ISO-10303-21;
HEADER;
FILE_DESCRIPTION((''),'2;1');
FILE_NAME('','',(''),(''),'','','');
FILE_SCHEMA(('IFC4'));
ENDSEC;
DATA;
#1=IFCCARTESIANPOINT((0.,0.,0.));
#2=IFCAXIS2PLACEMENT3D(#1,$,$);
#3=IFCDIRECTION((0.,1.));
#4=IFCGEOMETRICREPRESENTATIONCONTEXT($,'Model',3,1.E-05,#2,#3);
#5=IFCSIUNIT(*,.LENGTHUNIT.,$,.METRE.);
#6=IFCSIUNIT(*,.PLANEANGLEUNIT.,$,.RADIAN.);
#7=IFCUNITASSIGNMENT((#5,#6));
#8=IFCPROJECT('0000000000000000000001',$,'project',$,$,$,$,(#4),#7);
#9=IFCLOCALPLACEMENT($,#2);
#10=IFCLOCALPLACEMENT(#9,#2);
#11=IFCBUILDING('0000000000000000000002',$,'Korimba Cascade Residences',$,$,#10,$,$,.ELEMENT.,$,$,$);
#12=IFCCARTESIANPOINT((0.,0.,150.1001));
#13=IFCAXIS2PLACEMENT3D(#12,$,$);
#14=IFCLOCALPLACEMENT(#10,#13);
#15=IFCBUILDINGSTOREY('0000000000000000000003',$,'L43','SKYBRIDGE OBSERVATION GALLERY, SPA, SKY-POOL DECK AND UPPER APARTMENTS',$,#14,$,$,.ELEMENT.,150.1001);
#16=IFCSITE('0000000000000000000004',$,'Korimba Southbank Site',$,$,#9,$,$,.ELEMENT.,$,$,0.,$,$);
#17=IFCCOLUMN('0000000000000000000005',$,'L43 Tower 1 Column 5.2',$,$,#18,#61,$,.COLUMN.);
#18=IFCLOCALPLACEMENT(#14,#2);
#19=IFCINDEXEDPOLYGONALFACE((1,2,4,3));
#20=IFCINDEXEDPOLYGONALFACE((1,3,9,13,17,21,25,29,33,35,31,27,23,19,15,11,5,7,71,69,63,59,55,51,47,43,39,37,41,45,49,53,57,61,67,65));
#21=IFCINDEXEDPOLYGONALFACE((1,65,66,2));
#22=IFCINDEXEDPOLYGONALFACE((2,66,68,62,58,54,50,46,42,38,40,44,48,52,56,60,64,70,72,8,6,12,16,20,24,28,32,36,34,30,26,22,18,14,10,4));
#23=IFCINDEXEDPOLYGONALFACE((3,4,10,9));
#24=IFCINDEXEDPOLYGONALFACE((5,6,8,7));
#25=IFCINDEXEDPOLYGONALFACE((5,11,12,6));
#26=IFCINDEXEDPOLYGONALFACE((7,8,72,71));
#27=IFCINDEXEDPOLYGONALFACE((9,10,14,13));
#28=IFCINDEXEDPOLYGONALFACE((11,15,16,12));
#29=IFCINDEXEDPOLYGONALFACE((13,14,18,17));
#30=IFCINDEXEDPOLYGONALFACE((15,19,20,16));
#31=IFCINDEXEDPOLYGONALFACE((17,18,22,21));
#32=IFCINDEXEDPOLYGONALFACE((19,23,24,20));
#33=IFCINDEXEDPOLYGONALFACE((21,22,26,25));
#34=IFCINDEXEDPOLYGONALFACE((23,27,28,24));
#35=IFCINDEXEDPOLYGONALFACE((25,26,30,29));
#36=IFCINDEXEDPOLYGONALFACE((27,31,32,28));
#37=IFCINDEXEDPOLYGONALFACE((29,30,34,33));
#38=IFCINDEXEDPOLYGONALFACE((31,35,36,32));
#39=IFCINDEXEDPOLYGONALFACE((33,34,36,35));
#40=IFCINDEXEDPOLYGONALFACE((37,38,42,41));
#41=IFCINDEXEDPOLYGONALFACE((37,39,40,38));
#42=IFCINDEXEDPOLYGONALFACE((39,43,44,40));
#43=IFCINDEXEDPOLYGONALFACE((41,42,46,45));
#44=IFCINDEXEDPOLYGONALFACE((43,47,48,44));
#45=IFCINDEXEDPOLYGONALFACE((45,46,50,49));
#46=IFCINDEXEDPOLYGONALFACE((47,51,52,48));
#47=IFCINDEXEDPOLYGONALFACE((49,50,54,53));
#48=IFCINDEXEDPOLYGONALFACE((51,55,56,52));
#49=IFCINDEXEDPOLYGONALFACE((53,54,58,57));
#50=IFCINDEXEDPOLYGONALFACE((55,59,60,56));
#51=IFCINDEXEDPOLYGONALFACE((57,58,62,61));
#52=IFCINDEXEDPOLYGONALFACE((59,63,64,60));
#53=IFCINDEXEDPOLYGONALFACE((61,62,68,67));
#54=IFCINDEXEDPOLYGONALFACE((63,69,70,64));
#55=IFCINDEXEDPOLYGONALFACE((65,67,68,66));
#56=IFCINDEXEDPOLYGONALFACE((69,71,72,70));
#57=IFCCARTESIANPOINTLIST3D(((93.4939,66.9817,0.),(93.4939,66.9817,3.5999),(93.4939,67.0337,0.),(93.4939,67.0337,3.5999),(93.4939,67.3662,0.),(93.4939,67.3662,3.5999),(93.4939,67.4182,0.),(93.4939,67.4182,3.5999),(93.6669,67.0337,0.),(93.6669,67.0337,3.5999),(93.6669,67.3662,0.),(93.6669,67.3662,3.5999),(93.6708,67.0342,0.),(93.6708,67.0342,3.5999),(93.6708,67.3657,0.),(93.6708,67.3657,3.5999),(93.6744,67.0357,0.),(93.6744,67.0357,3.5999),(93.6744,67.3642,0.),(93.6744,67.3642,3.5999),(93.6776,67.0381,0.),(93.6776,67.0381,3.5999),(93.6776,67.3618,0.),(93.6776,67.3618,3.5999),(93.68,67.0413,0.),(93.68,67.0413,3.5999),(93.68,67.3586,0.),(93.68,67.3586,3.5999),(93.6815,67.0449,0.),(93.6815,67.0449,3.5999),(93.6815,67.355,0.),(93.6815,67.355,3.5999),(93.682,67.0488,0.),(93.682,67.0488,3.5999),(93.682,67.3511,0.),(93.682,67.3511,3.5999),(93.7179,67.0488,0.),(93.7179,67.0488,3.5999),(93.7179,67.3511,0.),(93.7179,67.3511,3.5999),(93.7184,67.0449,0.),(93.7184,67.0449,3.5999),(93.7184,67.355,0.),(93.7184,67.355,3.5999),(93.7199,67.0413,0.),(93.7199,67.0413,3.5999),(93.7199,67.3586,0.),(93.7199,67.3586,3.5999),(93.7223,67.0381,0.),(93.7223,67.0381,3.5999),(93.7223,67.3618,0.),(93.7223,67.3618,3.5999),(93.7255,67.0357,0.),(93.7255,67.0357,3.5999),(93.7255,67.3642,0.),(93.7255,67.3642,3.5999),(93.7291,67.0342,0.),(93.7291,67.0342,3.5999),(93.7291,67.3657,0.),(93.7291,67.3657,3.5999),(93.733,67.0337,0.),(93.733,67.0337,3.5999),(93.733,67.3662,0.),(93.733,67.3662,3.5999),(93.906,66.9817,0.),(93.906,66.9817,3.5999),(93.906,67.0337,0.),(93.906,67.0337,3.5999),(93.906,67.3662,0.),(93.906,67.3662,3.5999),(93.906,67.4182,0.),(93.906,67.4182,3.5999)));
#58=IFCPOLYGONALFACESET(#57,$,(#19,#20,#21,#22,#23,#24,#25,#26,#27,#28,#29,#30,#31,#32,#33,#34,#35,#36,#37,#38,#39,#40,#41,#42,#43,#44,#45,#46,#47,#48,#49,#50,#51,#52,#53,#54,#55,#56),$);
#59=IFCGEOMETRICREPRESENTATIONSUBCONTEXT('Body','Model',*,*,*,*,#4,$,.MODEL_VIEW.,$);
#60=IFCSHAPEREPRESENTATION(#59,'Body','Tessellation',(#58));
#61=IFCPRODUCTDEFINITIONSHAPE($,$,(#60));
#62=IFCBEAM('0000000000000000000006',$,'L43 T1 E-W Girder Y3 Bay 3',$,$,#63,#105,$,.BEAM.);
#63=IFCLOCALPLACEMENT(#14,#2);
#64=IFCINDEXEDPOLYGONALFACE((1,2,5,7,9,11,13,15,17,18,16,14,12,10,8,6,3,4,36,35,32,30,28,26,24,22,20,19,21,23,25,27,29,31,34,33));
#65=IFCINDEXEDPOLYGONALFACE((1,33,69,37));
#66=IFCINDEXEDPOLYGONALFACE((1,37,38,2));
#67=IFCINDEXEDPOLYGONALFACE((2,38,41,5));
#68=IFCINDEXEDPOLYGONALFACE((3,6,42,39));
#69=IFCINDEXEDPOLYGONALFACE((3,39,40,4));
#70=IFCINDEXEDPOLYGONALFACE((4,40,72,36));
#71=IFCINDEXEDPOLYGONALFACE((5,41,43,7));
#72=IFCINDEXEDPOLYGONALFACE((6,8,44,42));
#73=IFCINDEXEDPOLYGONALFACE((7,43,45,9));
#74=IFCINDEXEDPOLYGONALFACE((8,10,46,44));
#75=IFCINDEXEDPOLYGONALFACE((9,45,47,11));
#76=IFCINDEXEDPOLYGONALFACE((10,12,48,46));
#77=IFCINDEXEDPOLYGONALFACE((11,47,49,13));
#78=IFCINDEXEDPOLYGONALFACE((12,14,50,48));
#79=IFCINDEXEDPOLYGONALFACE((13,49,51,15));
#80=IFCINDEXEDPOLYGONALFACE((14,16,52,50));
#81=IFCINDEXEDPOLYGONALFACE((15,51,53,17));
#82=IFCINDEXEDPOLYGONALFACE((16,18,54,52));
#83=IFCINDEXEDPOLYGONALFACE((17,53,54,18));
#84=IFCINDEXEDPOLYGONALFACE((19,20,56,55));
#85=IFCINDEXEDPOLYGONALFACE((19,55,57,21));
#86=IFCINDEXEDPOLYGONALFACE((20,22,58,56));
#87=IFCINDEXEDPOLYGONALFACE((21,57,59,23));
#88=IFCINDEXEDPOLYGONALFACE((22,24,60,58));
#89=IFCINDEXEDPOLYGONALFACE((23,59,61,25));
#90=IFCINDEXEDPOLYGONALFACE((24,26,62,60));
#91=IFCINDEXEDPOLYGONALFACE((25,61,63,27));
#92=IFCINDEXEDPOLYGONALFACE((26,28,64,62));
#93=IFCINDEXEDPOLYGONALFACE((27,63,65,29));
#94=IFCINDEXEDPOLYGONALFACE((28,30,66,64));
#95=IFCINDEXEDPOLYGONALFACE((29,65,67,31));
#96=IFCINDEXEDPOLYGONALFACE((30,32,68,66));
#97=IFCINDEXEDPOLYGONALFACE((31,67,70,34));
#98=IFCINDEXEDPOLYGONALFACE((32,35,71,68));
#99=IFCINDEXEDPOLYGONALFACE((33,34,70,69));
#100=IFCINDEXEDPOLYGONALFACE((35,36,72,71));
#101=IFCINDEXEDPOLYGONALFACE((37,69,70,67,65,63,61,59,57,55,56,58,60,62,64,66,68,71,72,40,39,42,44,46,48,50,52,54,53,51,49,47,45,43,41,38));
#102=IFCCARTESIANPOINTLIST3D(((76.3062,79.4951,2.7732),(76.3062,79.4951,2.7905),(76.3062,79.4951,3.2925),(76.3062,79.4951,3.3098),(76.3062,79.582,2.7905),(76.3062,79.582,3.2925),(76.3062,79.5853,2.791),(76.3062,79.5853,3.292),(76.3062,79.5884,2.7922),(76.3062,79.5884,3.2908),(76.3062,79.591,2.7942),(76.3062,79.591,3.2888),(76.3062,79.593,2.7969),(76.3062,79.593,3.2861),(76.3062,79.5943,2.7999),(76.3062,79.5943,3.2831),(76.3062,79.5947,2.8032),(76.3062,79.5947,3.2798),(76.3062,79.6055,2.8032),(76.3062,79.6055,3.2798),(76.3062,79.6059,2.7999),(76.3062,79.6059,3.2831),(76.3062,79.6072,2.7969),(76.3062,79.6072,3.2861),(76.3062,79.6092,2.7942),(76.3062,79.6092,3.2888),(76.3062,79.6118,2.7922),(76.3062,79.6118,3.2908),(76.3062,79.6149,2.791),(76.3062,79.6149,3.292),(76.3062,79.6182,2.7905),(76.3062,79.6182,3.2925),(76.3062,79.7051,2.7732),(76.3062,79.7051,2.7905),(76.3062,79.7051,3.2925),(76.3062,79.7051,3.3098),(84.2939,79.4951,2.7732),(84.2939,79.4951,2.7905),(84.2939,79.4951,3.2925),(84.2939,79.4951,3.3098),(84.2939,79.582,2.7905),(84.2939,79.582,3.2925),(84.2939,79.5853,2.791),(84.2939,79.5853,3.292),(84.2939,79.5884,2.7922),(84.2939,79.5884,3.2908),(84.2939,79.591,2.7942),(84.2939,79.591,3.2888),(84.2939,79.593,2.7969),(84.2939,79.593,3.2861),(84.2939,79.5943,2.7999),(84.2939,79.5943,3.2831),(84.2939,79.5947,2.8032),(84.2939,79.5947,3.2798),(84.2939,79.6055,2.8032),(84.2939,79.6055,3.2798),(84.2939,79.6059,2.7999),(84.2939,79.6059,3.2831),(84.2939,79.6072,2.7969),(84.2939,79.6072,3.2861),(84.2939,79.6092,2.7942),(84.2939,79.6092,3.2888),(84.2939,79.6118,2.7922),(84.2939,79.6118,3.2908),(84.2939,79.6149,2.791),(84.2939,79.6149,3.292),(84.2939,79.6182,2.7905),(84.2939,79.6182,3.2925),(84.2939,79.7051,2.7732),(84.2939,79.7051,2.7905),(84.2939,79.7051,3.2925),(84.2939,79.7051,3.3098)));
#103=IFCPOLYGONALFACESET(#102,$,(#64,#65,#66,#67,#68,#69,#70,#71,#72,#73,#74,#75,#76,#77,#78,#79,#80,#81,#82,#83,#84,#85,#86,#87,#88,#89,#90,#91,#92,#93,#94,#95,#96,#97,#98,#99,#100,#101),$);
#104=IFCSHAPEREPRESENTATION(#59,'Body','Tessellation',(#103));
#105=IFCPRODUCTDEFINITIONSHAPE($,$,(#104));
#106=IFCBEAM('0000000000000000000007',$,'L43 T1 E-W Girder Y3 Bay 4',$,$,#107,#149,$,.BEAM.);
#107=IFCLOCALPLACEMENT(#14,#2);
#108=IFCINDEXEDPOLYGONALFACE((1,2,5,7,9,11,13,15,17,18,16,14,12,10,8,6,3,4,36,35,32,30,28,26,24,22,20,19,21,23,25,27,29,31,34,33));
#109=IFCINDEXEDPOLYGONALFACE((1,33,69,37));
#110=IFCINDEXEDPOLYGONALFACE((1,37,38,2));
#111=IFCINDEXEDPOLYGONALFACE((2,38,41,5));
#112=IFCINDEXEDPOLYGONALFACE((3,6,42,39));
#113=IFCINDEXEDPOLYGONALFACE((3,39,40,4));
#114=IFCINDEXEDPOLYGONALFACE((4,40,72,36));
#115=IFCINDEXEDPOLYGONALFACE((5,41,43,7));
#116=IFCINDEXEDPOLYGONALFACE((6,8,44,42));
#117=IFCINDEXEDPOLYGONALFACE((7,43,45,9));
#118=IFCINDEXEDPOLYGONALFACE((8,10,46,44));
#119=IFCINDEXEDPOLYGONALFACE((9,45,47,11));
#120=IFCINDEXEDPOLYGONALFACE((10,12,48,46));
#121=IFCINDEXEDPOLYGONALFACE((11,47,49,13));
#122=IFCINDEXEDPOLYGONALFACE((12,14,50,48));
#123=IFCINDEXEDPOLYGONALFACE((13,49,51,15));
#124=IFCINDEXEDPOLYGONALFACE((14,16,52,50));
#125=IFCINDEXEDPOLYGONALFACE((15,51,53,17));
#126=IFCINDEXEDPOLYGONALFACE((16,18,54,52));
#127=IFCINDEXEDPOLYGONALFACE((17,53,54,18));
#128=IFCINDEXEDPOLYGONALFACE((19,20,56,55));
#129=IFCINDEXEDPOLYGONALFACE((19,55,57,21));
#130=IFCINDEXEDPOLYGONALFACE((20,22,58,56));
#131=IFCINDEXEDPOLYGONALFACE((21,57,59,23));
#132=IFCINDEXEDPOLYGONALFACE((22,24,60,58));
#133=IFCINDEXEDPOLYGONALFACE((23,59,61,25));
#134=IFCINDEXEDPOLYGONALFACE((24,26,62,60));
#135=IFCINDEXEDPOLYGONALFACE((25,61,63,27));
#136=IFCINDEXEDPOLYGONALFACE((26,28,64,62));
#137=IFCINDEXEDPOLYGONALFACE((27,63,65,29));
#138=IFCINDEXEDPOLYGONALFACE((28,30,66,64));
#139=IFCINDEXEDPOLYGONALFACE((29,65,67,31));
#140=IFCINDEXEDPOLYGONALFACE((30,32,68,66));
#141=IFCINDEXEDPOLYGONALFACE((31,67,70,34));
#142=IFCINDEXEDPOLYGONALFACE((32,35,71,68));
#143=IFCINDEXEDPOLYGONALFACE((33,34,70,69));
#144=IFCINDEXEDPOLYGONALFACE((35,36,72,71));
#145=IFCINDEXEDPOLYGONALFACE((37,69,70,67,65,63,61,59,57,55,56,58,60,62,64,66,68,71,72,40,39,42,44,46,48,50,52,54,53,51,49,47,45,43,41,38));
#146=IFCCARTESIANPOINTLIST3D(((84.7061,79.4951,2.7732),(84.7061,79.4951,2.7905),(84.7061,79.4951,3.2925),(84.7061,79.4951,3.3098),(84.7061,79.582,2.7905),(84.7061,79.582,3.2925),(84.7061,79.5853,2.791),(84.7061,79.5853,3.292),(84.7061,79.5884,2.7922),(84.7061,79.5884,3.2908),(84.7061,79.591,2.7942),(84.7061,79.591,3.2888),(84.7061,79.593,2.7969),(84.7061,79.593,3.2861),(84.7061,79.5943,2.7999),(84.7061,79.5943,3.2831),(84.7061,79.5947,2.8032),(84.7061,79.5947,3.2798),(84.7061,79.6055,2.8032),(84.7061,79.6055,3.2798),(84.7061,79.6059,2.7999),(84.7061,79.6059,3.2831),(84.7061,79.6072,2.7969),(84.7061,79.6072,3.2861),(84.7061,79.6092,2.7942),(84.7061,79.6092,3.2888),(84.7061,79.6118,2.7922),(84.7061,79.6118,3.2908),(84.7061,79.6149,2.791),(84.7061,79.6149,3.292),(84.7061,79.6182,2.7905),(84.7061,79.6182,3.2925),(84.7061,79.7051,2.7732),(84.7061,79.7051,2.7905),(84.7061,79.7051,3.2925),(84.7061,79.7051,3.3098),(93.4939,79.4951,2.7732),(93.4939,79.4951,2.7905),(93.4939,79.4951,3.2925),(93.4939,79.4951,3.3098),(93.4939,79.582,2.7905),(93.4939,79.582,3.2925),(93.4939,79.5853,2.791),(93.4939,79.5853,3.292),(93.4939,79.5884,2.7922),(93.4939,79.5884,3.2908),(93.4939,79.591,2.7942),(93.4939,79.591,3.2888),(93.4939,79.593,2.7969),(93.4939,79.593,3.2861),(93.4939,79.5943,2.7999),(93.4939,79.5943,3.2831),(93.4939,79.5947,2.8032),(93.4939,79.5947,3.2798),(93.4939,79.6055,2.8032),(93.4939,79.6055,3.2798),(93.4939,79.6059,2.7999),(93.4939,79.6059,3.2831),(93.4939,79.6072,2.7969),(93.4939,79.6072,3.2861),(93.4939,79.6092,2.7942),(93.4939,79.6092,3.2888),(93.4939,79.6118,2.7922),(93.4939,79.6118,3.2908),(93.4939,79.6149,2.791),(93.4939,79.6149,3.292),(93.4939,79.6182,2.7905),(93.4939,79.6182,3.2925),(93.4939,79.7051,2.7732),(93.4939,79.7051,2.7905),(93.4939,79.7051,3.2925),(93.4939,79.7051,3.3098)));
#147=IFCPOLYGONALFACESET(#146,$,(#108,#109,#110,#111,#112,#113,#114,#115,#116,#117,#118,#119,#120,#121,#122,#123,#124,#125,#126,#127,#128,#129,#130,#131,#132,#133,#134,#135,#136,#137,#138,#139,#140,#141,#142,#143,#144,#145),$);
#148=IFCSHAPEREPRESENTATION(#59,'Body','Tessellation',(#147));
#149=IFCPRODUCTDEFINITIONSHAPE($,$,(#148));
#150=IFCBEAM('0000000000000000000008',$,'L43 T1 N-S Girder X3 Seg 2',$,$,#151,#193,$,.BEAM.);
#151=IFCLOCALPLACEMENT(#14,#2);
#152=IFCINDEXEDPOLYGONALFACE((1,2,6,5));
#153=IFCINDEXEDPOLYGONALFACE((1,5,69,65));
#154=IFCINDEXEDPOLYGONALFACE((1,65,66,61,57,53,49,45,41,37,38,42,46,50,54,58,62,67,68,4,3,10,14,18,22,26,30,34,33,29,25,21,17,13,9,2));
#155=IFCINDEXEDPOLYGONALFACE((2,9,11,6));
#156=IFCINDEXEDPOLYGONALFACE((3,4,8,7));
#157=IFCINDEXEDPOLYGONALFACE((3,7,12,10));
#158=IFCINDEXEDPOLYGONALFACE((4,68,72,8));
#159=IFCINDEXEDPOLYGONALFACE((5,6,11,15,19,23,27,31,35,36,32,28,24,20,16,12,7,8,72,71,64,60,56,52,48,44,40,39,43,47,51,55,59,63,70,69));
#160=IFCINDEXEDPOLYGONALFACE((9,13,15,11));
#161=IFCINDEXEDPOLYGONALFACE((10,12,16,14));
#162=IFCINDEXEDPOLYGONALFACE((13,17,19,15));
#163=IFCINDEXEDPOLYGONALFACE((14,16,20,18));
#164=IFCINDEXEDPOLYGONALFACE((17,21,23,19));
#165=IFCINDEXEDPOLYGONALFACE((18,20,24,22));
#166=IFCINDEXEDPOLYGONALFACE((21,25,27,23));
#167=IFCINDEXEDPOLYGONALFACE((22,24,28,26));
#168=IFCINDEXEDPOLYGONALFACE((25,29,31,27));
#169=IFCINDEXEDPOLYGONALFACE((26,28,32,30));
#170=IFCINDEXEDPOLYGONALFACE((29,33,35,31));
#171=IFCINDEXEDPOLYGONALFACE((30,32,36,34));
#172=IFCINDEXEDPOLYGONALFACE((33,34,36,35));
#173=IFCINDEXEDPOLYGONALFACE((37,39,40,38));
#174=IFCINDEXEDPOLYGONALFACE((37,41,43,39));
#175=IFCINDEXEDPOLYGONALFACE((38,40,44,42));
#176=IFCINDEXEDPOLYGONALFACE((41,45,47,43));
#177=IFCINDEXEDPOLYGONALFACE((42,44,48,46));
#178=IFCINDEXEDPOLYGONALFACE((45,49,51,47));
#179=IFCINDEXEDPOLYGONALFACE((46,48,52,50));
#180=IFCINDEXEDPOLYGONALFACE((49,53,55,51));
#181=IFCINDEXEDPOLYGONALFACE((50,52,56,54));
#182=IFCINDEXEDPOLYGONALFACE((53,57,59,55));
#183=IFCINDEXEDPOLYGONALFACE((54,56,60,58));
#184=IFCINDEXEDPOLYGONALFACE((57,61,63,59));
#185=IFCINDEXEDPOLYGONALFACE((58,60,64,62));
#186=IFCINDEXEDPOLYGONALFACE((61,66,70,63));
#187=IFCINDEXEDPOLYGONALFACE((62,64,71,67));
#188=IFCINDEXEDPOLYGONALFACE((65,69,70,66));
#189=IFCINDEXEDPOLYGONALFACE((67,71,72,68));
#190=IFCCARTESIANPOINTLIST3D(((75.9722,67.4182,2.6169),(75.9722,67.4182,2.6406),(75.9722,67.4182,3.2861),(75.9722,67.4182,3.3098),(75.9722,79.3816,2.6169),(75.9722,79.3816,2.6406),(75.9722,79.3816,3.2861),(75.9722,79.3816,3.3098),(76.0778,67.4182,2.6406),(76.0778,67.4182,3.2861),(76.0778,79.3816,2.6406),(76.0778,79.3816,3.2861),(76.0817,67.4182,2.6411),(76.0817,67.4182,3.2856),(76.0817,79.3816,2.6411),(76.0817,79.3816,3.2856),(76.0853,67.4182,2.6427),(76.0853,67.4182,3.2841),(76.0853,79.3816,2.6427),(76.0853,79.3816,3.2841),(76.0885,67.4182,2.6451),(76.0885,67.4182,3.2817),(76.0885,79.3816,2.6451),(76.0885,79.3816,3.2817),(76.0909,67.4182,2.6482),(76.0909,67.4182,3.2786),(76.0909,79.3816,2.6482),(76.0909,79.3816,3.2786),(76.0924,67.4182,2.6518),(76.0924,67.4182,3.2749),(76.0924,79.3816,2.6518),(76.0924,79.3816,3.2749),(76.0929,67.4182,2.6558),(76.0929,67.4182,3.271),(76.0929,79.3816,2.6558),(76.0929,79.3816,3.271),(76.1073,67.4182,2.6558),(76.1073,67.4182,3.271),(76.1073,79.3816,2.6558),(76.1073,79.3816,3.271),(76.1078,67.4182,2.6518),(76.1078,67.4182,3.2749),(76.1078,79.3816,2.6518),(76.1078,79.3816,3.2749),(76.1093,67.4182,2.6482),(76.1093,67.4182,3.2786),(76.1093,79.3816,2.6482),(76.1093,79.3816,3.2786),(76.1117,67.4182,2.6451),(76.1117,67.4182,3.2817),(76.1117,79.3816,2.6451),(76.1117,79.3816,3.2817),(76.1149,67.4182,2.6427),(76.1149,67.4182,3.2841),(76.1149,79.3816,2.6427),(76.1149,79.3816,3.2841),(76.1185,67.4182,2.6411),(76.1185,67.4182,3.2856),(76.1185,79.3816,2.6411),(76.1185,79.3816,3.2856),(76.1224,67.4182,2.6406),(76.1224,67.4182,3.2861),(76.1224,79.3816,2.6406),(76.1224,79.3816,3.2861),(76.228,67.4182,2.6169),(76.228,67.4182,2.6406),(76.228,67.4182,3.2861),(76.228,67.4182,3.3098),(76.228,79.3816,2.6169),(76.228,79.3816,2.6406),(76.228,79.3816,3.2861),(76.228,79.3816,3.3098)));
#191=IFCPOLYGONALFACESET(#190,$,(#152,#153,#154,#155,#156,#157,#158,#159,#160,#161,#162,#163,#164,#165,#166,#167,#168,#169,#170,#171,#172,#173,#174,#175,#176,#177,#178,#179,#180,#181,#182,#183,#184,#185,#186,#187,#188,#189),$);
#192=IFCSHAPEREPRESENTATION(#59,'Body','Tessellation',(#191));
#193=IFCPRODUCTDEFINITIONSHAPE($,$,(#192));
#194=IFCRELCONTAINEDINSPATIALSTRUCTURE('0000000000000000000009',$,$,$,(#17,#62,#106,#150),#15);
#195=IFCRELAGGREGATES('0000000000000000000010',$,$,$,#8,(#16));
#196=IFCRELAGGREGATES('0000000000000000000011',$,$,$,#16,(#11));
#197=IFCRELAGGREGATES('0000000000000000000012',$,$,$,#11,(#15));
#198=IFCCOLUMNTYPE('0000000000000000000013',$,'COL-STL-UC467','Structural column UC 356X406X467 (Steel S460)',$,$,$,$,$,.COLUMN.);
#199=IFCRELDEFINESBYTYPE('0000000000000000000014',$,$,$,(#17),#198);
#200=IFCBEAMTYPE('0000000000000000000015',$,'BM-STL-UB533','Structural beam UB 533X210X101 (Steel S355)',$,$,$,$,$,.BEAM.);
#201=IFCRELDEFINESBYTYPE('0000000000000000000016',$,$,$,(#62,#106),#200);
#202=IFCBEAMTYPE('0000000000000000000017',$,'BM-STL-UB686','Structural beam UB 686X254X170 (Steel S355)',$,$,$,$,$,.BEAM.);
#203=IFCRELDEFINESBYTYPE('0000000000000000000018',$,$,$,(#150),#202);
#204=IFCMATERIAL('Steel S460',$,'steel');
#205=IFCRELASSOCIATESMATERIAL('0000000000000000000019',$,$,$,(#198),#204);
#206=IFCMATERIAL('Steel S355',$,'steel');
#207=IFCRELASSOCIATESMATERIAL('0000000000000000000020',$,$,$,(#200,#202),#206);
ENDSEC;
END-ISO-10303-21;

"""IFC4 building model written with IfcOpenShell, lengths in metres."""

from ifc_helpers import new_model, si_unit, direction, frame, origin, origin_2d, place, context, subcontext, project, spatial, i_section, extrude, material, material_profile, profile_set, type_object, element, save


model = new_model("IFC4")

# Units and contexts
model_context = context("Model", 3, precision=1e-05, world=origin(), true_north=direction((0.0, 1.0)))
body_context = subcontext(model_context, "Body", "Model", "MODEL_VIEW")
ifc_project = project(units=[si_unit("LENGTHUNIT", "METRE"), si_unit("PLANEANGLEUNIT", "RADIAN")], contexts=[model_context])

# Site, building, storey
site_placement = place(None, origin())
site = spatial("IfcSite", under=ifc_project, at=site_placement, Name="Korimba Southbank Site", CompositionType="ELEMENT", RefElevation=0.0)
building_placement = place(site_placement, origin())
building = spatial("IfcBuilding", under=site, at=building_placement, Name="Korimba Cascade Residences", CompositionType="ELEMENT")
storey_placement = place(building_placement, frame((0.0, 0.0, 150.1001)))
storey = spatial("IfcBuildingStorey", under=building, at=storey_placement, Name="L43", Description="SKYBRIDGE OBSERVATION GALLERY, SPA, SKY-POOL DECK AND UPPER APARTMENTS", CompositionType="ELEMENT", Elevation=150.1001)

# Column
ifc_material_1 = material(Name="Steel S460", Category="steel")
ifc_material_profile_1 = material_profile(ifc_material_1, i_section(OverallWidth=0.4121, OverallDepth=0.4365, WebThickness=0.0359, FlangeThickness=0.052, FilletRadius=0.0151, at=origin_2d()), Name="Steel S460")
ifc_profile_set_1 = profile_set([ifc_material_profile_1], Name="Steel S460")
column_type = type_object("IfcColumnType", Name="COL-STL-UC467", Description="Structural column UC 356X406X467 (Steel S460)", PredefinedType="COLUMN", material=ifc_profile_set_1)
for number, where, z_axis, x_axis, name in (
    (1, (93.7, 67.2, 0.0), (0.0, 0.0, 1.0), (1.0, 0.0, 0.0), "L43 Tower 1 Column 5.2"),
):
    element("IfcColumn", number, at=place(storey_placement, frame(where, z_axis=z_axis, x_axis=x_axis)), inside=storey, type_object=column_type, Name=name, PredefinedType="COLUMN", context=body_context, shape_type="SweptSolid", body=[
        extrude(i_section(OverallWidth=0.4121, OverallDepth=0.4365, WebThickness=0.0359, FlangeThickness=0.052, FilletRadius=0.0151, at=origin_2d()), origin(), (0.0, 0.0, 1.0), 3.5999),
    ])

# Beams
ifc_material_2 = material(Name="Steel S355", Category="steel")
ifc_material_profile_2 = material_profile(ifc_material_2, i_section(OverallWidth=0.21, OverallDepth=0.5366, WebThickness=0.0107, FlangeThickness=0.0173, FilletRadius=0.0127, at=origin_2d()), Name="Steel S355")
ifc_profile_set_2 = profile_set([ifc_material_profile_2], Name="Steel S355")
beam_type_1 = type_object("IfcBeamType", Name="BM-STL-UB533", Description="Structural beam UB 533X210X101 (Steel S355)", PredefinedType="BEAM", material=ifc_profile_set_2)
beam_1_placement = place(storey_placement, frame((76.3062, 79.6001, 3.0415), z_axis=(1.0, 0.0, 0.0), x_axis=(0.0, 1.0, 0.0)))
element("IfcBeam", 2, at=beam_1_placement, inside=storey, type_object=beam_type_1, Name="L43 T1 E-W Girder Y3 Bay 3", PredefinedType="BEAM", context=body_context, shape_type="SweptSolid", body=[
    extrude(i_section(OverallWidth=0.21, OverallDepth=0.5366, WebThickness=0.0107, FlangeThickness=0.0173, FilletRadius=0.0127, at=origin_2d()), origin(), (0.0, 0.0, 1.0), 7.9878),
])
beam_2_placement = place(storey_placement, frame((84.7061, 79.6001, 3.0415), z_axis=(1.0, 0.0, 0.0), x_axis=(0.0, 1.0, 0.0)))
element("IfcBeam", 3, at=beam_2_placement, inside=storey, type_object=beam_type_1, Name="L43 T1 E-W Girder Y3 Bay 4", PredefinedType="BEAM", context=body_context, shape_type="SweptSolid", body=[
    extrude(i_section(OverallWidth=0.21, OverallDepth=0.5366, WebThickness=0.0107, FlangeThickness=0.0173, FilletRadius=0.0127, at=origin_2d()), origin(), (0.0, 0.0, 1.0), 8.7878),
])
ifc_material_profile_3 = material_profile(ifc_material_2, i_section(OverallWidth=0.2559, OverallDepth=0.6929, WebThickness=0.0144, FlangeThickness=0.0237, FilletRadius=0.0151, at=origin_2d()), Name="Steel S355")
ifc_profile_set_3 = profile_set([ifc_material_profile_3], Name="Steel S355")
beam_type_2 = type_object("IfcBeamType", Name="BM-STL-UB686", Description="Structural beam UB 686X254X170 (Steel S355)", PredefinedType="BEAM", material=ifc_profile_set_3)
for number, where, z_axis, x_axis, name in (
    (4, (76.1001, 67.4182, 2.9634), (0.0, 1.0, 0.0), (-1.0, 0.0, 0.0), "L43 T1 N-S Girder X3 Seg 2"),
):
    element("IfcBeam", number, at=place(storey_placement, frame(where, z_axis=z_axis, x_axis=x_axis)), inside=storey, type_object=beam_type_2, Name=name, PredefinedType="BEAM", context=body_context, shape_type="SweptSolid", body=[
        extrude(i_section(OverallWidth=0.2559, OverallDepth=0.6929, WebThickness=0.0144, FlangeThickness=0.0237, FilletRadius=0.0151, at=origin_2d()), origin(), (0.0, 0.0, 1.0), 11.9634),
    ])

save(model, "model.ifc")
